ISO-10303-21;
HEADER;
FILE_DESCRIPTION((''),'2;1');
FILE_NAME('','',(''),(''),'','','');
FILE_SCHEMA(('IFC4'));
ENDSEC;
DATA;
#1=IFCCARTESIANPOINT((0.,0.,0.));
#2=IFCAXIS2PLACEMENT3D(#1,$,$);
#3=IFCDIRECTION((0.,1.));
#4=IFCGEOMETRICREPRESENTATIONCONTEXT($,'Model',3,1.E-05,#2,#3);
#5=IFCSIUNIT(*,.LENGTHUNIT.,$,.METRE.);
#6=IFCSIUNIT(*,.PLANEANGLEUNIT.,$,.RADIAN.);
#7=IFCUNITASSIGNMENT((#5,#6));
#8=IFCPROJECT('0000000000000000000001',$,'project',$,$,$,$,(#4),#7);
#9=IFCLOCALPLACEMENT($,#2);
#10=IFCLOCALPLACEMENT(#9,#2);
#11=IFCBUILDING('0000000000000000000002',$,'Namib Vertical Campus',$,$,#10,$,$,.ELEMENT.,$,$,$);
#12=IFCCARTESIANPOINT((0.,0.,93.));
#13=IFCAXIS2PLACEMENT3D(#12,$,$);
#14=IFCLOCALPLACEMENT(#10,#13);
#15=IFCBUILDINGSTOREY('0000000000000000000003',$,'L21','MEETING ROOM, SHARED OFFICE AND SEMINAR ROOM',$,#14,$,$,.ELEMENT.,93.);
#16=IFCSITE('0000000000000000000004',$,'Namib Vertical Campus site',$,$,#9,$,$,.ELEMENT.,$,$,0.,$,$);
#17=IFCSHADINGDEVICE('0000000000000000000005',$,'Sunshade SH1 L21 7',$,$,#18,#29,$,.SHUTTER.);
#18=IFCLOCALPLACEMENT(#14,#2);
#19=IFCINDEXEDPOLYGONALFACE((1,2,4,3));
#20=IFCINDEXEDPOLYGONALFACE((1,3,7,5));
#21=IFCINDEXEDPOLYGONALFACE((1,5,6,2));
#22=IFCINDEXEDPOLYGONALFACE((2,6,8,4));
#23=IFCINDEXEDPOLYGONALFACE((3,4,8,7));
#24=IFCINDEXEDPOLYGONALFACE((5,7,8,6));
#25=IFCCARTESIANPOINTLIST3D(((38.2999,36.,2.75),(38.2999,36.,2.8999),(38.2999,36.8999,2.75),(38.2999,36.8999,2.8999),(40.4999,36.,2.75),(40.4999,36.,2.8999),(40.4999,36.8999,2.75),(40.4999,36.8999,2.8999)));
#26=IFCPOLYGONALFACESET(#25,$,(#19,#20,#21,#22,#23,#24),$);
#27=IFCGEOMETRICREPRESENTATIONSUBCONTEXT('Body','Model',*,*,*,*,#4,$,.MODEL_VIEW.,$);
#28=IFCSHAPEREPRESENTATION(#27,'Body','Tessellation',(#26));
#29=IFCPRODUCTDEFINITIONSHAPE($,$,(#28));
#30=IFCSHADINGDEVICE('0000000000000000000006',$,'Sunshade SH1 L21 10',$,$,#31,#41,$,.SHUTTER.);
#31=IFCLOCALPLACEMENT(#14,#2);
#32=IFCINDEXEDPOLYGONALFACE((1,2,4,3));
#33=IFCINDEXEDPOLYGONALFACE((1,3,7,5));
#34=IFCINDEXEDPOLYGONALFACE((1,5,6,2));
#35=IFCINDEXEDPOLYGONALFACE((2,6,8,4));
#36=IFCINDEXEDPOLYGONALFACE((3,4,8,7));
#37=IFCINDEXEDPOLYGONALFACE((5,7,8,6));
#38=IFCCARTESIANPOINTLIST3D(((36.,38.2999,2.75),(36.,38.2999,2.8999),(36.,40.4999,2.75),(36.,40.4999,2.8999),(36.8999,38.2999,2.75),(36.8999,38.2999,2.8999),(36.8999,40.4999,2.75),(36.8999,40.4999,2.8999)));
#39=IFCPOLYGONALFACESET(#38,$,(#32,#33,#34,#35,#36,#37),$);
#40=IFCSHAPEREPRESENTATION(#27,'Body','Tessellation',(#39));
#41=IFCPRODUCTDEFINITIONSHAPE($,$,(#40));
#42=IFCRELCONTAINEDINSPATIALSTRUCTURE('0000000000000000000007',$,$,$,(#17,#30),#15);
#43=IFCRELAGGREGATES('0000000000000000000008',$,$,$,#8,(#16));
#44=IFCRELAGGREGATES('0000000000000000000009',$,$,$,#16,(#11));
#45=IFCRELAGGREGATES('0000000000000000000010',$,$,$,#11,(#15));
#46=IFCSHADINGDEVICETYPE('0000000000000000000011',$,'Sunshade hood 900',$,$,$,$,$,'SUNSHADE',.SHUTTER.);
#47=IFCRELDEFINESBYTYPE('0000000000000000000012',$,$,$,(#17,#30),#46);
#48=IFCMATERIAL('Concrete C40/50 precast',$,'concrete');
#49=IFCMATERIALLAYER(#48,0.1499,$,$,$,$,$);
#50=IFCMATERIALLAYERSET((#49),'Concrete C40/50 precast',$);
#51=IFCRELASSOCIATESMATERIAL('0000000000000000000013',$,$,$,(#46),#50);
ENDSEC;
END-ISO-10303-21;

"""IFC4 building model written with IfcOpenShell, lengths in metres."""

from ifc_helpers import new_model, si_unit, direction, frame, origin, origin_2d, place, context, subcontext, project, spatial, rectangle, extrude, material, layer, layer_set, type_object, element, save


model = new_model("IFC4")

# Units and contexts
model_context = context("Model", 3, precision=1e-05, world=origin(), true_north=direction((0.0, 1.0)))
body_context = subcontext(model_context, "Body", "Model", "MODEL_VIEW")
ifc_project = project(units=[si_unit("LENGTHUNIT", "METRE"), si_unit("PLANEANGLEUNIT", "RADIAN")], contexts=[model_context])

# Site, building, storey
site_placement = place(None, origin())
site = spatial("IfcSite", under=ifc_project, at=site_placement, Name="Namib Vertical Campus site", CompositionType="ELEMENT", RefElevation=0.0)
building_placement = place(site_placement, origin())
building = spatial("IfcBuilding", under=site, at=building_placement, Name="Namib Vertical Campus", CompositionType="ELEMENT")
storey_placement = place(building_placement, frame((0.0, 0.0, 93.0)))
storey = spatial("IfcBuildingStorey", under=building, at=storey_placement, Name="L21", Description="MEETING ROOM, SHARED OFFICE AND SEMINAR ROOM", CompositionType="ELEMENT", Elevation=93.0)

# Shading devices
ifc_material_1 = material(Name="Concrete C40/50 precast", Category="concrete")
ifc_layer_1 = layer(ifc_material_1, 0.1499)
ifc_layer_set_1 = layer_set([ifc_layer_1], Name="Concrete C40/50 precast")
shading_device_type = type_object("IfcShadingDeviceType", Name="Sunshade hood 900", ElementType="SUNSHADE", PredefinedType="SHUTTER", material=ifc_layer_set_1)
for number, where, z_axis, x_axis, name in (
    (1, (39.3999, 36.45, 2.75), (0.0, 0.0, 1.0), (-1.0, 0.0, 0.0), "Sunshade SH1 L21 7"),
    (2, (36.45, 39.3999, 2.75), (0.0, 0.0, 1.0), (0.0, 1.0, 0.0), "Sunshade SH1 L21 10"),
):
    element("IfcShadingDevice", number, at=place(storey_placement, frame(where, z_axis=z_axis, x_axis=x_axis)), inside=storey, type_object=shading_device_type, Name=name, PredefinedType="SHUTTER", context=body_context, shape_type="SweptSolid", body=[
        extrude(rectangle(XDim=2.2, YDim=0.8999, at=origin_2d()), origin(), (0.0, 0.0, 1.0), 0.1499),
    ])

save(model, "model.ifc")
